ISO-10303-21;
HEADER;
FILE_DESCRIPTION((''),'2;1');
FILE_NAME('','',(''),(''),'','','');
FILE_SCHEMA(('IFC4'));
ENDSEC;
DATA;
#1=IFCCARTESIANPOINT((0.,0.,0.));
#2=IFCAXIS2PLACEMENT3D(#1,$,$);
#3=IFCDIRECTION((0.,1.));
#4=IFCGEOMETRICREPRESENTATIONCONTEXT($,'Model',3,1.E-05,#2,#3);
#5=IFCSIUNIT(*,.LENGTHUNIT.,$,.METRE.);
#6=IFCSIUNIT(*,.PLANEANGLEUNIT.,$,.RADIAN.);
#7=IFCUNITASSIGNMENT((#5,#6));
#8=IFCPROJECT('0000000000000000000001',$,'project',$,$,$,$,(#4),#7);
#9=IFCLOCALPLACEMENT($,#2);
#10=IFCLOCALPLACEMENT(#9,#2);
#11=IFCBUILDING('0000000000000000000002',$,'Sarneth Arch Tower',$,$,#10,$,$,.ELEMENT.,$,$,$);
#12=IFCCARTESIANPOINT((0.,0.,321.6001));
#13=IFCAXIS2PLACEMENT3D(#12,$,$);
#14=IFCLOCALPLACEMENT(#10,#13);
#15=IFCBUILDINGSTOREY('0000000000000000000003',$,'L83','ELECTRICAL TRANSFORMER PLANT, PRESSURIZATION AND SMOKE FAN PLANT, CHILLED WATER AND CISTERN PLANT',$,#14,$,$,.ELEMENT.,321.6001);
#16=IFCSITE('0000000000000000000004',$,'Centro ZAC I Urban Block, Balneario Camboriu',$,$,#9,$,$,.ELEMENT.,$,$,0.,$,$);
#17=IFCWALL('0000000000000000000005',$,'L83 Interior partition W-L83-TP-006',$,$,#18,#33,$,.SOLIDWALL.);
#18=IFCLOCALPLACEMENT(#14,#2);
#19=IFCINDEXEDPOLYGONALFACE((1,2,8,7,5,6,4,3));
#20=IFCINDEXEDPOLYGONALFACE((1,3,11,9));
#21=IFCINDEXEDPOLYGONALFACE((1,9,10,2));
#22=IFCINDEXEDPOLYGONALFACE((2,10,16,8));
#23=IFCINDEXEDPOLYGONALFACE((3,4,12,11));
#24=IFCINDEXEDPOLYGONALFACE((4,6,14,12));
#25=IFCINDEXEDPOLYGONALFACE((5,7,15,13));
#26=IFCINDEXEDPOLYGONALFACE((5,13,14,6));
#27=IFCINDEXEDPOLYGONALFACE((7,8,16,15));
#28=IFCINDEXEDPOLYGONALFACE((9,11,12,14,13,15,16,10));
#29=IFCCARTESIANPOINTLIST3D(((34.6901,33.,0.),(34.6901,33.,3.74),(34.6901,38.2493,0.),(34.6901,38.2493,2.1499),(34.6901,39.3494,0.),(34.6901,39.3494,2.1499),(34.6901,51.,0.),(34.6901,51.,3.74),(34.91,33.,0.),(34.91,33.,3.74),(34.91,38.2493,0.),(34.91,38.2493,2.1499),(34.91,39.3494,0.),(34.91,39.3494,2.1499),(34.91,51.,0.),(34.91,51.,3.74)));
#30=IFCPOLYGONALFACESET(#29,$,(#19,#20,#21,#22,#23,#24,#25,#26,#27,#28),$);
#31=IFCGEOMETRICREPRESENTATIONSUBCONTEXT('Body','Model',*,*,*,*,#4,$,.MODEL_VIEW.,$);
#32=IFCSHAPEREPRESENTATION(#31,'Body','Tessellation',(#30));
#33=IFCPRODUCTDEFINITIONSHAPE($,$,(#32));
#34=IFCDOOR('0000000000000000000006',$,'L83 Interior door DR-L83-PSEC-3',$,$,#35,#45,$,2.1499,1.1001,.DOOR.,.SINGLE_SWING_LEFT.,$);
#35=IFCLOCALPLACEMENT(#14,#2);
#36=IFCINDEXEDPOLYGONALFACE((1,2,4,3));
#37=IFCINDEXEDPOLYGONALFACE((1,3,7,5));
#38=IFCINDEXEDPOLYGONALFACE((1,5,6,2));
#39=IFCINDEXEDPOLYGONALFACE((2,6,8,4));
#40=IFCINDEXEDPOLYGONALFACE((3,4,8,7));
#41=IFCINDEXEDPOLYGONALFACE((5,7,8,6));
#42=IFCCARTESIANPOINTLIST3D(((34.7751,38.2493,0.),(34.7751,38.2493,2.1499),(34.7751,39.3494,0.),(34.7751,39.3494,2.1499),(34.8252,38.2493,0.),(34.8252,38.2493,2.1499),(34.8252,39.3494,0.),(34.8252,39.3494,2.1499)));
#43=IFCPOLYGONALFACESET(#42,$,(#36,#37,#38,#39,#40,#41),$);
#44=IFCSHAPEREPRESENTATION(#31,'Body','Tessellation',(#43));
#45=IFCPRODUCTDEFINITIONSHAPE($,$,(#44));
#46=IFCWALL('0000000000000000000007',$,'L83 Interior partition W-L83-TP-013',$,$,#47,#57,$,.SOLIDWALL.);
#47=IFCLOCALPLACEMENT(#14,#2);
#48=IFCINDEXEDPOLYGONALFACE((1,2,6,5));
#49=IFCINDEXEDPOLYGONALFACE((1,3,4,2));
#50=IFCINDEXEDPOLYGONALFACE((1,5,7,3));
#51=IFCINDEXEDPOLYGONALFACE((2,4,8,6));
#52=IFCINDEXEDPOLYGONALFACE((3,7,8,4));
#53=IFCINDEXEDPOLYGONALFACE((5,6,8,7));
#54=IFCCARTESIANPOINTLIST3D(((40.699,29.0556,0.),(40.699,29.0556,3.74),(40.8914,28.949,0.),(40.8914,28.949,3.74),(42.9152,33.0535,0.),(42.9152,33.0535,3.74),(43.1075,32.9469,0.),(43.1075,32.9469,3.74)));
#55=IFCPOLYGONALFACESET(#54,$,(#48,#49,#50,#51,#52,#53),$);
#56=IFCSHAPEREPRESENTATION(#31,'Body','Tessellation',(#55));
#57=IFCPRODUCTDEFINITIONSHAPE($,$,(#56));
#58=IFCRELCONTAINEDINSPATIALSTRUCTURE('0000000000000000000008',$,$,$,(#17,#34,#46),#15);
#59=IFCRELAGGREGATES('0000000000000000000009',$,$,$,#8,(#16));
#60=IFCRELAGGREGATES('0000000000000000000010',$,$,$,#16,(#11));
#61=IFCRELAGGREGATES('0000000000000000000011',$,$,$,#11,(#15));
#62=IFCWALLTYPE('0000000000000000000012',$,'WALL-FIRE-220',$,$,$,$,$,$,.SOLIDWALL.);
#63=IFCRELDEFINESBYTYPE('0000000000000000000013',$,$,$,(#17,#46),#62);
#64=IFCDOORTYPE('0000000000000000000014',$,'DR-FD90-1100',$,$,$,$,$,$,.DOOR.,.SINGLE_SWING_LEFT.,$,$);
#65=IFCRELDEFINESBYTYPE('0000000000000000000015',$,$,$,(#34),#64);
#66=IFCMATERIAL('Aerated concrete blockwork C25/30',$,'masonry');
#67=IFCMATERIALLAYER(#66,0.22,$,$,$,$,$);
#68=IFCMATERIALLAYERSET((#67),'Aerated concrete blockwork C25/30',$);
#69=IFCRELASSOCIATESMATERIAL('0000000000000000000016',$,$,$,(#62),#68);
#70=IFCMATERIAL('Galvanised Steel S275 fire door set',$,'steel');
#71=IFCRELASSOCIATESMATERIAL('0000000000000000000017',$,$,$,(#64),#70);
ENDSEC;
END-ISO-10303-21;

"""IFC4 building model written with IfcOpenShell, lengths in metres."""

from ifc_helpers import new_model, si_unit, direction, frame, frame_2d, origin, place, context, subcontext, project, spatial, rectangle, extrude, material, layer, layer_set, type_object, element, fill, save


model = new_model("IFC4")

# Units and contexts
model_context = context("Model", 3, precision=1e-05, world=origin(), true_north=direction((0.0, 1.0)))
body_context = subcontext(model_context, "Body", "Model", "MODEL_VIEW")
ifc_project = project(units=[si_unit("LENGTHUNIT", "METRE"), si_unit("PLANEANGLEUNIT", "RADIAN")], contexts=[model_context])

# Site, building, storey
site_placement = place(None, origin())
site = spatial("IfcSite", under=ifc_project, at=site_placement, Name="Centro ZAC I Urban Block, Balneario Camboriu", CompositionType="ELEMENT", RefElevation=0.0)
building_placement = place(site_placement, origin())
building = spatial("IfcBuilding", under=site, at=building_placement, Name="Sarneth Arch Tower", CompositionType="ELEMENT")
storey_placement = place(building_placement, frame((0.0, 0.0, 321.6001)))
storey = spatial("IfcBuildingStorey", under=building, at=storey_placement, Name="L83", Description="ELECTRICAL TRANSFORMER PLANT, PRESSURIZATION AND SMOKE FAN PLANT, CHILLED WATER AND CISTERN PLANT", CompositionType="ELEMENT", Elevation=321.6001)

# Wall, opening, door
ifc_material_1 = material(Name="Aerated concrete blockwork C25/30", Category="masonry")
ifc_layer_1 = layer(ifc_material_1, 0.22)
ifc_layer_set_1 = layer_set([ifc_layer_1], Name="Aerated concrete blockwork C25/30")
wall_type_1 = type_object("IfcWallType", Name="WALL-FIRE-220", PredefinedType="SOLIDWALL", material=ifc_layer_set_1)
wall_1_placement = place(storey_placement, frame((34.8, 33.0, 0.0), z_axis=(0.0, 0.0, 1.0), x_axis=(0.0, 1.0, 0.0)))
wall_1 = element("IfcWall", 1, at=wall_1_placement, inside=storey, type_object=wall_type_1, Name="L83 Interior partition W-L83-TP-006", PredefinedType="SOLIDWALL", context=body_context, shape_type="SweptSolid", body=[
    extrude(rectangle(XDim=18.0, YDim=0.22, at=frame_2d((9.0, 0.0))), origin(), (0.0, 0.0, 1.0), 3.74),
])
opening_placement = place(wall_1_placement, frame((5.2493, 0.0, 0.0)))
opening = element("IfcOpeningElement", 2, at=opening_placement, cuts=wall_1, PredefinedType="OPENING", context=body_context, shape_type="SweptSolid", body=[
    extrude(rectangle(XDim=1.1001, YDim=2.1499, at=frame_2d((0.55, 1.075))), frame((0.0, 0.1199, 0.0), z_axis=(0.0, -1.0, 0.0), x_axis=(1.0, 0.0, 0.0)), (0.0, 0.0, 1.0), 0.24),
])
ifc_material_2 = material(Name="Galvanised Steel S275 fire door set", Category="steel")
door_type = type_object("IfcDoorType", Name="DR-FD90-1100", OperationType="SINGLE_SWING_LEFT", PredefinedType="DOOR", material=ifc_material_2)
door_placement = place(opening_placement, origin())
door = element("IfcDoor", 3, at=door_placement, inside=storey, type_object=door_type, Name="L83 Interior door DR-L83-PSEC-3", OperationType="SINGLE_SWING_LEFT", OverallHeight=2.1499, OverallWidth=1.1001, PredefinedType="DOOR", context=body_context, shape_type="SweptSolid", body=[
    extrude(rectangle(XDim=1.1001, YDim=2.1499, at=frame_2d((0.55, 1.075))), frame((0.0, 0.0249, 0.0), z_axis=(0.0, -1.0, 0.0), x_axis=(1.0, 0.0, 0.0)), (0.0, 0.0, 1.0), 0.05),
])
fill(opening, door)

# Wall
wall_2_placement = place(storey_placement, frame((40.7952, 29.0022, 0.0), z_axis=(0.0, 0.0, 1.0), x_axis=(0.484817, 0.874615, 0.0)))
element("IfcWall", 4, at=wall_2_placement, inside=storey, type_object=wall_type_1, Name="L83 Interior partition W-L83-TP-013", PredefinedType="SOLIDWALL", context=body_context, shape_type="SweptSolid", body=[
    extrude(rectangle(XDim=4.571, YDim=0.22, at=frame_2d((2.2856, 0.0))), origin(), (0.0, 0.0, 1.0), 3.74),
])

save(model, "model.ifc")
